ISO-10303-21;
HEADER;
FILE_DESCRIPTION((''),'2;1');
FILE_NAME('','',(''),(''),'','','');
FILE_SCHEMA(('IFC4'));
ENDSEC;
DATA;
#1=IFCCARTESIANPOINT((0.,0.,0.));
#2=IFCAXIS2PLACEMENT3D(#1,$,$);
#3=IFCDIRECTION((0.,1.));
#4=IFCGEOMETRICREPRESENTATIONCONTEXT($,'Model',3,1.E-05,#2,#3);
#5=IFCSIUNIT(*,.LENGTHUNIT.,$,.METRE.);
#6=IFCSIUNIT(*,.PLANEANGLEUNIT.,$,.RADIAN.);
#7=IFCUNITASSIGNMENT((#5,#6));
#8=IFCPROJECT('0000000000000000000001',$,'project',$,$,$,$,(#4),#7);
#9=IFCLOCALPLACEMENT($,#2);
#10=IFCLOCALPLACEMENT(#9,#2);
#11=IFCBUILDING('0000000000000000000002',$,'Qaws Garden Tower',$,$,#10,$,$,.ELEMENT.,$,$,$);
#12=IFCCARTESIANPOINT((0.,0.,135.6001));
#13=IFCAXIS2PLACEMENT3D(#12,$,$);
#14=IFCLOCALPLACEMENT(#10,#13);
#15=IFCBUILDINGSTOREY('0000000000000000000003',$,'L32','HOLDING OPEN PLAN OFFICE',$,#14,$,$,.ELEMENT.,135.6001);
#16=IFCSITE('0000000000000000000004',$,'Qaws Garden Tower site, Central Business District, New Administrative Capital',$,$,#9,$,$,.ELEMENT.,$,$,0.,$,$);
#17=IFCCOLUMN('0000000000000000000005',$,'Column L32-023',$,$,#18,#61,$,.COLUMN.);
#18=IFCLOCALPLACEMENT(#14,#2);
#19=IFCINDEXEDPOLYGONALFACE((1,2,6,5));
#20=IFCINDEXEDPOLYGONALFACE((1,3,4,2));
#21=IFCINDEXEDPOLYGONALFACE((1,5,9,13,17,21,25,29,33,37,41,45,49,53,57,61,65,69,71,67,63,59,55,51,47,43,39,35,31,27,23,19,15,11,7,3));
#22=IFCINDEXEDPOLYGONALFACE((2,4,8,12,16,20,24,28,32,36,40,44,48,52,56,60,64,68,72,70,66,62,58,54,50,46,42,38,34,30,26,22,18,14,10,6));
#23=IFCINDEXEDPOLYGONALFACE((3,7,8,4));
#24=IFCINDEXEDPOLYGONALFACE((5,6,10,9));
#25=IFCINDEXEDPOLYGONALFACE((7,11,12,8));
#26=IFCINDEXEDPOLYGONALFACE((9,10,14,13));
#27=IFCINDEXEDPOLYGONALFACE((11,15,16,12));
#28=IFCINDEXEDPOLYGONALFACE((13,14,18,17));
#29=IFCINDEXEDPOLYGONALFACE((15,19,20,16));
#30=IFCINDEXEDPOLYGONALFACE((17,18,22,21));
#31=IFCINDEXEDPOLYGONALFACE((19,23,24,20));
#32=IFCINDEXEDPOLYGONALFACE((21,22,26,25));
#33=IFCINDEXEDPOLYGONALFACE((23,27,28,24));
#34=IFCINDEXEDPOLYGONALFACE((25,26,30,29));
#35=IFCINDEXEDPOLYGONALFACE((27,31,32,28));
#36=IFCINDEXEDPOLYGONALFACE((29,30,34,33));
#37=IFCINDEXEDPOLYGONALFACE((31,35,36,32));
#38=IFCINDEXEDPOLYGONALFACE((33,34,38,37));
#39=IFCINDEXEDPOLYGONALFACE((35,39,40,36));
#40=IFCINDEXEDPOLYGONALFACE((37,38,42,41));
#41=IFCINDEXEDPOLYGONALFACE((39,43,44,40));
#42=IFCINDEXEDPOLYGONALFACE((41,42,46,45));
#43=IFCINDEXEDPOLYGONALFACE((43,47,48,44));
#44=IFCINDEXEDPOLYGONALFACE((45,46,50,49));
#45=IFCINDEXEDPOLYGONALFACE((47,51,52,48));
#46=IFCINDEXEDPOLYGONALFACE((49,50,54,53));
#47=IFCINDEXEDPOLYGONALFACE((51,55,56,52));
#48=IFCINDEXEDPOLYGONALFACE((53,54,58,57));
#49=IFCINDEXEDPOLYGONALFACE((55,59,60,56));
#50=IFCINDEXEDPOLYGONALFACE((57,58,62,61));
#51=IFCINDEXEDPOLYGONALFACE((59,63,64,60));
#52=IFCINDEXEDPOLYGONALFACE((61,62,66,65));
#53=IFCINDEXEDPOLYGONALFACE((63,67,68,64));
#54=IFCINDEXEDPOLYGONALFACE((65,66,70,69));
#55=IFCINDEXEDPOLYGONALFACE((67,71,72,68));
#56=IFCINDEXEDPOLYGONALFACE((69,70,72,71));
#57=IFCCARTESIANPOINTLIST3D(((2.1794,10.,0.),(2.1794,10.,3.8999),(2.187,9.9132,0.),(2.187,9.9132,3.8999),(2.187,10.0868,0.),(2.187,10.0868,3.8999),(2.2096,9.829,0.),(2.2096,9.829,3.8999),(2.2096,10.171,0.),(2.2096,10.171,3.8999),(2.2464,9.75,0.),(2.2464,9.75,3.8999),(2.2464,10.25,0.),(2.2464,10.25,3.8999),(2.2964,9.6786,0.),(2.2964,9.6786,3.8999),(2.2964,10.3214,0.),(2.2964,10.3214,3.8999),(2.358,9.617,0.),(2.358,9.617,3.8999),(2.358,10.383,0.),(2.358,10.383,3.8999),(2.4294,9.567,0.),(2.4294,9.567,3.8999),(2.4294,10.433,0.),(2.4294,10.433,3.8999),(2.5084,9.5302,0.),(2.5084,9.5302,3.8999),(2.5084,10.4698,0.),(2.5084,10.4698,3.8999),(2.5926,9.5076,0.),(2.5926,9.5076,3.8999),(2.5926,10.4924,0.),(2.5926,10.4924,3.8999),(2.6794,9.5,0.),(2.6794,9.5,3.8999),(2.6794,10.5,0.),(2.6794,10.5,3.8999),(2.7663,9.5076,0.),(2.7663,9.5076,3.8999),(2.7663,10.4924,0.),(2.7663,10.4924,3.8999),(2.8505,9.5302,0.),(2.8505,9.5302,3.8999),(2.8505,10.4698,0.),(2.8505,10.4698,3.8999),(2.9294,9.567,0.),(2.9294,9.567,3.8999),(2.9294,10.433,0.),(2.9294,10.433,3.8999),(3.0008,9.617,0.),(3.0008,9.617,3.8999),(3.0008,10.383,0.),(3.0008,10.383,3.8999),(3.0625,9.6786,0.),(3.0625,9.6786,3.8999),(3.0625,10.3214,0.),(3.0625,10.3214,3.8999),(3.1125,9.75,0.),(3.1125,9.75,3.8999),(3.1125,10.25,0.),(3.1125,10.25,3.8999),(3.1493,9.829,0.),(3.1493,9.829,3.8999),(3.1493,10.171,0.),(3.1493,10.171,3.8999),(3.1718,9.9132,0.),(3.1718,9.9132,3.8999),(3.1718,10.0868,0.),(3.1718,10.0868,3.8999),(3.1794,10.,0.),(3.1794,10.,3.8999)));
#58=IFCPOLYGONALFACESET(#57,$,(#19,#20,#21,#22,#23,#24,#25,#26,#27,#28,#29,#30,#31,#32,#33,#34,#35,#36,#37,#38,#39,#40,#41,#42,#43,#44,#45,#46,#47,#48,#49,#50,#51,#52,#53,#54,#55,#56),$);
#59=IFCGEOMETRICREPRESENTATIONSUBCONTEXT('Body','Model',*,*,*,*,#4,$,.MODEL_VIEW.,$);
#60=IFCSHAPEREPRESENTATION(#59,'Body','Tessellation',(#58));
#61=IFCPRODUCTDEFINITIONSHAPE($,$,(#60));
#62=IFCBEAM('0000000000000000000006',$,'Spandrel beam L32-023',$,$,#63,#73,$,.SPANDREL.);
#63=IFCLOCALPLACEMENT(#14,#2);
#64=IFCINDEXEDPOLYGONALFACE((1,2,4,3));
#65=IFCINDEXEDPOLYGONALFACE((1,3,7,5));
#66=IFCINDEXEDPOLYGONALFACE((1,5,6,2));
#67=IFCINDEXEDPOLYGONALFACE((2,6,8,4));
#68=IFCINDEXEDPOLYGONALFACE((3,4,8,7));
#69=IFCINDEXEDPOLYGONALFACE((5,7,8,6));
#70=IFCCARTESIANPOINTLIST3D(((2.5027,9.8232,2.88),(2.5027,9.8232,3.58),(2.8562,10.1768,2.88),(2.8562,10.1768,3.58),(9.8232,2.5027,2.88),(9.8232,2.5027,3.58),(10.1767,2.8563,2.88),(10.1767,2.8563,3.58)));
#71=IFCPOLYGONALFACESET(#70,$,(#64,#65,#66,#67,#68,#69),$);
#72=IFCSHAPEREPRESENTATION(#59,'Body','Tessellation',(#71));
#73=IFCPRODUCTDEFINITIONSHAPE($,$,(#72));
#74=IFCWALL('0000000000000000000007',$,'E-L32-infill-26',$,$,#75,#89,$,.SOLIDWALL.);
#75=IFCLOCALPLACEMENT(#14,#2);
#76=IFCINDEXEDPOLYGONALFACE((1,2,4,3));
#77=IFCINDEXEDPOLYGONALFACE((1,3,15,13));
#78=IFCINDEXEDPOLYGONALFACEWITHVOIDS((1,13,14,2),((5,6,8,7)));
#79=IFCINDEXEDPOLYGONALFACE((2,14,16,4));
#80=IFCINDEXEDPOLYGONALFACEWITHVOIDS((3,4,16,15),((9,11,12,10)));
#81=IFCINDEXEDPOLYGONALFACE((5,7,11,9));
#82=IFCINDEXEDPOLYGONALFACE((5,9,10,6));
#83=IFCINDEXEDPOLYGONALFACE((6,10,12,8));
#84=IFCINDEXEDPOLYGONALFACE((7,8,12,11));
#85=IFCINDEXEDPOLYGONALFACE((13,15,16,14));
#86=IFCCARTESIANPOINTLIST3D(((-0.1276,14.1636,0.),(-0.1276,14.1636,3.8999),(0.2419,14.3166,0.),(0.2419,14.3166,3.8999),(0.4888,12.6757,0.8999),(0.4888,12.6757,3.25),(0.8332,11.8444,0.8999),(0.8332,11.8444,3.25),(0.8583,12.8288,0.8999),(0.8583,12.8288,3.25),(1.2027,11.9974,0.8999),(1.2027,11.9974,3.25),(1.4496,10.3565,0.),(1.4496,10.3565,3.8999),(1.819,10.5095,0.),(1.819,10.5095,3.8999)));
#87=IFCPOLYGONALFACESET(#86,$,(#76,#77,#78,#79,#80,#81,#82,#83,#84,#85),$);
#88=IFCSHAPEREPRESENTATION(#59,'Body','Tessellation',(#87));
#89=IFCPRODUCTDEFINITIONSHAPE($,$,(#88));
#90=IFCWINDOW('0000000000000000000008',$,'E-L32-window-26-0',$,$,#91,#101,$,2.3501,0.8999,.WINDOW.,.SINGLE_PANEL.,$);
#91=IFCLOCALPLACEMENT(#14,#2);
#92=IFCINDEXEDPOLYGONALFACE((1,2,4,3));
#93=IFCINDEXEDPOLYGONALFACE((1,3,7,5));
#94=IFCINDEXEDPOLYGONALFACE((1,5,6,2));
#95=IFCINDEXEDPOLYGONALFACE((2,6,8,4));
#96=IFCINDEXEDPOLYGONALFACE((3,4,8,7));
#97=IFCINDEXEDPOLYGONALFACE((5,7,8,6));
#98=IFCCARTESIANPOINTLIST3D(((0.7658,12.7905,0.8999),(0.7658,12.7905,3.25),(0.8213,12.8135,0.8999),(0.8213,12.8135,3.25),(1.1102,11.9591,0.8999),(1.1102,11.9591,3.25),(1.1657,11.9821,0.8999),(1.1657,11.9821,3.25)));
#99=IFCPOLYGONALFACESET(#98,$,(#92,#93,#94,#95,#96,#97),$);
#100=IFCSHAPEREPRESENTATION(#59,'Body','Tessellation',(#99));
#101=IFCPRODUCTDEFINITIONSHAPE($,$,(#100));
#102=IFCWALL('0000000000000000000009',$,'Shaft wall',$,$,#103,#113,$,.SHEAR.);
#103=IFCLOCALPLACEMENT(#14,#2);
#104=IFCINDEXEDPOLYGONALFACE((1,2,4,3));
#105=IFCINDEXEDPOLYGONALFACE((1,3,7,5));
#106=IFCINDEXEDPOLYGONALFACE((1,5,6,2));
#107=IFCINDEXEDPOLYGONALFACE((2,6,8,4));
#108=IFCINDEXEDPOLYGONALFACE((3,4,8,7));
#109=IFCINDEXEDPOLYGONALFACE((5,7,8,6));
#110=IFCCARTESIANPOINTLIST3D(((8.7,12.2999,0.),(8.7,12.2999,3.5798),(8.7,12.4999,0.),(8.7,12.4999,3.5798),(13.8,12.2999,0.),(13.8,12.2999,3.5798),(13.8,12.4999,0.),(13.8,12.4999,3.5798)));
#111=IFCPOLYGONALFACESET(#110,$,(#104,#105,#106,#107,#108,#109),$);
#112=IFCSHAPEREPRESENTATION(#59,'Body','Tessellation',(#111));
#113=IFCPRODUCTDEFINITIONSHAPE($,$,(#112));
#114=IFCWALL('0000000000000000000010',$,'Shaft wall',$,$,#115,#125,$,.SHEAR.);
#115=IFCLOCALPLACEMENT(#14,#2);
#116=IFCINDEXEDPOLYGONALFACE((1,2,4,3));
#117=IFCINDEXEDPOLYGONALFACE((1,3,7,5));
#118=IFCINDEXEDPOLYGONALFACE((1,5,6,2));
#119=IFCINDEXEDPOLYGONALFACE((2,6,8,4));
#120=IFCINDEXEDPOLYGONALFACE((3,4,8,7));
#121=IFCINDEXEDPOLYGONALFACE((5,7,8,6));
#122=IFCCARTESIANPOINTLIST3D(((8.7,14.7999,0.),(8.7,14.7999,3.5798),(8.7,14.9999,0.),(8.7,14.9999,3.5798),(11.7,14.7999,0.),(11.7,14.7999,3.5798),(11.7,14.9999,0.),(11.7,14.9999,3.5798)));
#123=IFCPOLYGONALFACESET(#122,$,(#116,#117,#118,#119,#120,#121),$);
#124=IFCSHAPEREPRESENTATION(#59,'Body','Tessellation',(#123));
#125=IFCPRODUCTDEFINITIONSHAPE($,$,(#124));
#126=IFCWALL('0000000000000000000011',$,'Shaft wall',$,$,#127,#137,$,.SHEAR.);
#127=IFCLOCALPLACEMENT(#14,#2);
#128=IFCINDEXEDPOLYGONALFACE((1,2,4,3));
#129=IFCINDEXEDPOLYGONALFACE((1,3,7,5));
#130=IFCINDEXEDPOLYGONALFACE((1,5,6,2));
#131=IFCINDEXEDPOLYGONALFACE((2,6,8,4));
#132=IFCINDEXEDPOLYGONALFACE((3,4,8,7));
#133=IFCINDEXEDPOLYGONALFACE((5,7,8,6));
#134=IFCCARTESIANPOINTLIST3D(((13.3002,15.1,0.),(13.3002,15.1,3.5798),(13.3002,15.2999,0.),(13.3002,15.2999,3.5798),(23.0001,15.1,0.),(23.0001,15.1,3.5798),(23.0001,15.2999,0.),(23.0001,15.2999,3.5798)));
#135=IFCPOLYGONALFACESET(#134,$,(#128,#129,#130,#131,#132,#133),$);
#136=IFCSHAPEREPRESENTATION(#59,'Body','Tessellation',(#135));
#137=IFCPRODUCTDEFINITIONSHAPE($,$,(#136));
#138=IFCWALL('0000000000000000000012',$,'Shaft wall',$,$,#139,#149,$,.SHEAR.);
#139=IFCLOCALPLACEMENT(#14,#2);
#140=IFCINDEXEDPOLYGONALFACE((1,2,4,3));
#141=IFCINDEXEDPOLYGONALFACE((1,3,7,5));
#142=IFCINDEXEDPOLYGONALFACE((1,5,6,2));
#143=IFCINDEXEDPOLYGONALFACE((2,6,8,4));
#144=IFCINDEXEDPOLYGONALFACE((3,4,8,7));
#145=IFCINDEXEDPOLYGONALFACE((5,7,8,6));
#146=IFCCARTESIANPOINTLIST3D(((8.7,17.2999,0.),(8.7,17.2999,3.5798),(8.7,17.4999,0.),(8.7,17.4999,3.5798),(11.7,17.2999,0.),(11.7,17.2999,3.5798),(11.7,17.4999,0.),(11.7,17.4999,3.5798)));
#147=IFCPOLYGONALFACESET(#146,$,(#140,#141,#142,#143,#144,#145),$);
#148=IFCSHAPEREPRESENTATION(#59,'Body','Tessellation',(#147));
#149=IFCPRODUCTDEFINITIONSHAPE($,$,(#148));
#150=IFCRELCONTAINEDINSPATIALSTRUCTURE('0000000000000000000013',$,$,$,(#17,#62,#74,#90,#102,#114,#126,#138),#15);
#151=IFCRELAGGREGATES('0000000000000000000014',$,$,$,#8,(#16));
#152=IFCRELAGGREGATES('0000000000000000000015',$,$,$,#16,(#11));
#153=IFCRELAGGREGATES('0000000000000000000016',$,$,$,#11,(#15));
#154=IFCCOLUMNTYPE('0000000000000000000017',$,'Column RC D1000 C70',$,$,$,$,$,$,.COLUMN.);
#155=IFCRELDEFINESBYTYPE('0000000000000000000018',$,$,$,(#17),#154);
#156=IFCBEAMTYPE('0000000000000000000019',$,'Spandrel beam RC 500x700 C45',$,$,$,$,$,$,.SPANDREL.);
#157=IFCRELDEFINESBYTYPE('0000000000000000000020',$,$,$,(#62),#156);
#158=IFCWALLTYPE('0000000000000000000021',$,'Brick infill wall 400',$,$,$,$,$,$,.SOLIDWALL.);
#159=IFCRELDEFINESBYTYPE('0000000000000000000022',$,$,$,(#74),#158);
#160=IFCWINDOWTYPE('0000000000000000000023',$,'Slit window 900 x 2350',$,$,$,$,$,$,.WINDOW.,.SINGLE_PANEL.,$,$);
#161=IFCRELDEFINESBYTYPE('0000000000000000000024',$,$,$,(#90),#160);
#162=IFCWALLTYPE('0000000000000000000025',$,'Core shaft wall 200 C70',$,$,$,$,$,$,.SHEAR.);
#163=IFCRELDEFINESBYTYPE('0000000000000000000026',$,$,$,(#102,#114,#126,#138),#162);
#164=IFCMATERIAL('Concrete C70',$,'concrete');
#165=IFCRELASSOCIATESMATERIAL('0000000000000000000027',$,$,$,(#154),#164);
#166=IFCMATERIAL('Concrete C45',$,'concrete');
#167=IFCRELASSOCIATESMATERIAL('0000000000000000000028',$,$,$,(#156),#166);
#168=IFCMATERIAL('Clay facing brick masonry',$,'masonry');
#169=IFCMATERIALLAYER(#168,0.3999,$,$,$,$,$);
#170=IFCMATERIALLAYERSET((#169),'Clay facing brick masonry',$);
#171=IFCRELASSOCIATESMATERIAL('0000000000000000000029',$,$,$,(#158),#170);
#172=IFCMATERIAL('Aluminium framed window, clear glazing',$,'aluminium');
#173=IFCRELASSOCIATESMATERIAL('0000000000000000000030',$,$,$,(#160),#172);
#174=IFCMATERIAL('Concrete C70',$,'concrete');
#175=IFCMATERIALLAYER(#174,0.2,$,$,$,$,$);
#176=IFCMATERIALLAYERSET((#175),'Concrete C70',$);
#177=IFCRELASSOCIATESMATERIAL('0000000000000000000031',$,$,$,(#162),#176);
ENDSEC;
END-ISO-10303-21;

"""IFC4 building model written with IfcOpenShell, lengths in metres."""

from ifc_helpers import new_model, si_unit, direction, frame, frame_2d, origin, origin_2d, place, context, subcontext, project, spatial, rectangle, circle, extrude, material, layer, layer_set, material_profile, profile_set, type_object, element, fill, save


model = new_model("IFC4")

# Units and contexts
model_context = context("Model", 3, precision=1e-05, world=origin(), true_north=direction((0.0, 1.0)))
body_context = subcontext(model_context, "Body", "Model", "MODEL_VIEW")
ifc_project = project(units=[si_unit("LENGTHUNIT", "METRE"), si_unit("PLANEANGLEUNIT", "RADIAN")], contexts=[model_context])

# Site, building, storey
site_placement = place(None, origin())
site = spatial("IfcSite", under=ifc_project, at=site_placement, Name="Qaws Garden Tower site, Central Business District, New Administrative Capital", CompositionType="ELEMENT", RefElevation=0.0)
building_placement = place(site_placement, origin())
building = spatial("IfcBuilding", under=site, at=building_placement, Name="Qaws Garden Tower", CompositionType="ELEMENT")
storey_placement = place(building_placement, frame((0.0, 0.0, 135.6001)))
storey = spatial("IfcBuildingStorey", under=building, at=storey_placement, Name="L32", Description="HOLDING OPEN PLAN OFFICE", CompositionType="ELEMENT", Elevation=135.6001)

# Column
ifc_material_1 = material(Name="Concrete C70", Category="concrete")
ifc_material_profile_1 = material_profile(ifc_material_1, circle(Radius=0.5, at=origin_2d()), Name="RC D1000")
ifc_profile_set_1 = profile_set([ifc_material_profile_1], Name="Concrete C70")
column_type = type_object("IfcColumnType", Name="Column RC D1000 C70", PredefinedType="COLUMN", material=ifc_profile_set_1)
column_placement = place(storey_placement, frame((2.6794, 10.0, 0.0), z_axis=(0.0, 0.0, 1.0), x_axis=(1.0, 0.0, 0.0)))
element("IfcColumn", 1, at=column_placement, inside=storey, type_object=column_type, Name="Column L32-023", PredefinedType="COLUMN", context=body_context, shape_type="SweptSolid", body=[
    extrude(circle(Radius=0.5, at=origin_2d()), origin(), (0.0, 0.0, 1.0), 3.8999),
])

# Beam
ifc_material_2 = material(Name="Concrete C45", Category="concrete")
ifc_material_profile_2 = material_profile(ifc_material_2, rectangle(XDim=0.5, YDim=0.7, at=origin_2d()), Name="RC 500x700")
ifc_profile_set_2 = profile_set([ifc_material_profile_2], Name="Concrete C45")
beam_type = type_object("IfcBeamType", Name="Spandrel beam RC 500x700 C45", PredefinedType="SPANDREL", material=ifc_profile_set_2)
beam_placement = place(storey_placement, frame((2.6794, 10.0, 3.23), z_axis=(0.707107, -0.707107, 0.0), x_axis=(0.707107, 0.707107, 0.0)))
element("IfcBeam", 2, at=beam_placement, inside=storey, type_object=beam_type, Name="Spandrel beam L32-023", PredefinedType="SPANDREL", context=body_context, shape_type="SweptSolid", body=[
    extrude(rectangle(XDim=0.5, YDim=0.7, at=origin_2d()), origin(), (0.0, 0.0, 1.0), 10.3528),
])

# Wall, opening, window
ifc_material_3 = material(Name="Clay facing brick masonry", Category="masonry")
ifc_layer_1 = layer(ifc_material_3, 0.3999)
ifc_layer_set_1 = layer_set([ifc_layer_1], Name="Clay facing brick masonry")
wall_type_1 = type_object("IfcWallType", Name="Brick infill wall 400", PredefinedType="SOLIDWALL", material=ifc_layer_set_1)
wall_1_placement = place(storey_placement, frame((0.0571, 14.2402, 0.0), z_axis=(0.0, 0.0, 1.0), x_axis=(0.382722, -0.923864, 0.0)))
wall_1 = element("IfcWall", 3, at=wall_1_placement, inside=storey, type_object=wall_type_1, Name="E-L32-infill-26", PredefinedType="SOLIDWALL", context=body_context, shape_type="SweptSolid", body=[
    extrude(rectangle(XDim=4.1208, YDim=0.3999, at=frame_2d((2.0605, 0.0))), origin(), (0.0, 0.0, 1.0), 3.8999),
])
opening_1_placement = place(wall_1_placement, frame((1.6106, 0.0, 0.8999)))
opening_1 = element("IfcOpeningElement", 4, at=opening_1_placement, cuts=wall_1, PredefinedType="OPENING", context=body_context, shape_type="SweptSolid", body=[
    extrude(rectangle(XDim=0.8999, YDim=2.3501, at=frame_2d((0.45, 1.175))), frame((0.0, 0.21, 0.0), z_axis=(0.0, -1.0, 0.0), x_axis=(1.0, 0.0, 0.0)), (0.0, 0.0, 1.0), 0.4199),
])
ifc_material_4 = material(Name="Aluminium framed window, clear glazing", Category="aluminium")
window_type = type_object("IfcWindowType", Name="Slit window 900 x 2350", PartitioningType="SINGLE_PANEL", PredefinedType="WINDOW", material=ifc_material_4)
window_placement = place(opening_1_placement, origin())
window = element("IfcWindow", 5, at=window_placement, inside=storey, type_object=window_type, Name="E-L32-window-26-0", OverallHeight=2.3501, OverallWidth=0.8999, PartitioningType="SINGLE_PANEL", PredefinedType="WINDOW", context=body_context, shape_type="SweptSolid", body=[
    extrude(rectangle(XDim=0.8999, YDim=2.3501, at=frame_2d((0.45, 1.175))), frame((0.0, 0.1599, 0.0), z_axis=(0.0, -1.0, 0.0), x_axis=(1.0, 0.0, 0.0)), (0.0, 0.0, 1.0), 0.0601),
])
fill(opening_1, window)

# Walls
ifc_material_5 = material(Name="Concrete C70", Category="concrete")
ifc_layer_2 = layer(ifc_material_5, 0.2)
ifc_layer_set_2 = layer_set([ifc_layer_2], Name="Concrete C70")
wall_type_2 = type_object("IfcWallType", Name="Core shaft wall 200 C70", PredefinedType="SHEAR", material=ifc_layer_set_2)
wall_2_placement = place(storey_placement, frame((8.7, 12.3999, 0.0), z_axis=(0.0, 0.0, 1.0), x_axis=(1.0, 0.0, 0.0)))
element("IfcWall", 6, at=wall_2_placement, inside=storey, type_object=wall_type_2, Name="Shaft wall", PredefinedType="SHEAR", context=body_context, shape_type="SweptSolid", body=[
    extrude(rectangle(XDim=5.1001, YDim=0.2, at=frame_2d((2.55, 0.0))), origin(), (0.0, 0.0, 1.0), 3.5798),
])
wall_3_placement = place(storey_placement, frame((8.7, 14.8999, 0.0), z_axis=(0.0, 0.0, 1.0), x_axis=(1.0, 0.0, 0.0)))
element("IfcWall", 7, at=wall_3_placement, inside=storey, type_object=wall_type_2, Name="Shaft wall", PredefinedType="SHEAR", context=body_context, shape_type="SweptSolid", body=[
    extrude(rectangle(XDim=3.0, YDim=0.2, at=frame_2d((1.5, 0.0))), origin(), (0.0, 0.0, 1.0), 3.5798),
])
wall_4_placement = place(storey_placement, frame((13.3, 15.2, 0.0), z_axis=(0.0, 0.0, 1.0), x_axis=(1.0, 0.0, 0.0)))
element("IfcWall", 8, at=wall_4_placement, inside=storey, type_object=wall_type_2, Name="Shaft wall", PredefinedType="SHEAR", context=body_context, shape_type="SweptSolid", body=[
    extrude(rectangle(XDim=9.7, YDim=0.2, at=frame_2d((4.8501, 0.0))), origin(), (0.0, 0.0, 1.0), 3.5798),
])
wall_5_placement = place(storey_placement, frame((8.7, 17.3999, 0.0), z_axis=(0.0, 0.0, 1.0), x_axis=(1.0, 0.0, 0.0)))
element("IfcWall", 9, at=wall_5_placement, inside=storey, type_object=wall_type_2, Name="Shaft wall", PredefinedType="SHEAR", context=body_context, shape_type="SweptSolid", body=[
    extrude(rectangle(XDim=3.0, YDim=0.2, at=frame_2d((1.5, 0.0))), origin(), (0.0, 0.0, 1.0), 3.5798),
])

save(model, "model.ifc")
